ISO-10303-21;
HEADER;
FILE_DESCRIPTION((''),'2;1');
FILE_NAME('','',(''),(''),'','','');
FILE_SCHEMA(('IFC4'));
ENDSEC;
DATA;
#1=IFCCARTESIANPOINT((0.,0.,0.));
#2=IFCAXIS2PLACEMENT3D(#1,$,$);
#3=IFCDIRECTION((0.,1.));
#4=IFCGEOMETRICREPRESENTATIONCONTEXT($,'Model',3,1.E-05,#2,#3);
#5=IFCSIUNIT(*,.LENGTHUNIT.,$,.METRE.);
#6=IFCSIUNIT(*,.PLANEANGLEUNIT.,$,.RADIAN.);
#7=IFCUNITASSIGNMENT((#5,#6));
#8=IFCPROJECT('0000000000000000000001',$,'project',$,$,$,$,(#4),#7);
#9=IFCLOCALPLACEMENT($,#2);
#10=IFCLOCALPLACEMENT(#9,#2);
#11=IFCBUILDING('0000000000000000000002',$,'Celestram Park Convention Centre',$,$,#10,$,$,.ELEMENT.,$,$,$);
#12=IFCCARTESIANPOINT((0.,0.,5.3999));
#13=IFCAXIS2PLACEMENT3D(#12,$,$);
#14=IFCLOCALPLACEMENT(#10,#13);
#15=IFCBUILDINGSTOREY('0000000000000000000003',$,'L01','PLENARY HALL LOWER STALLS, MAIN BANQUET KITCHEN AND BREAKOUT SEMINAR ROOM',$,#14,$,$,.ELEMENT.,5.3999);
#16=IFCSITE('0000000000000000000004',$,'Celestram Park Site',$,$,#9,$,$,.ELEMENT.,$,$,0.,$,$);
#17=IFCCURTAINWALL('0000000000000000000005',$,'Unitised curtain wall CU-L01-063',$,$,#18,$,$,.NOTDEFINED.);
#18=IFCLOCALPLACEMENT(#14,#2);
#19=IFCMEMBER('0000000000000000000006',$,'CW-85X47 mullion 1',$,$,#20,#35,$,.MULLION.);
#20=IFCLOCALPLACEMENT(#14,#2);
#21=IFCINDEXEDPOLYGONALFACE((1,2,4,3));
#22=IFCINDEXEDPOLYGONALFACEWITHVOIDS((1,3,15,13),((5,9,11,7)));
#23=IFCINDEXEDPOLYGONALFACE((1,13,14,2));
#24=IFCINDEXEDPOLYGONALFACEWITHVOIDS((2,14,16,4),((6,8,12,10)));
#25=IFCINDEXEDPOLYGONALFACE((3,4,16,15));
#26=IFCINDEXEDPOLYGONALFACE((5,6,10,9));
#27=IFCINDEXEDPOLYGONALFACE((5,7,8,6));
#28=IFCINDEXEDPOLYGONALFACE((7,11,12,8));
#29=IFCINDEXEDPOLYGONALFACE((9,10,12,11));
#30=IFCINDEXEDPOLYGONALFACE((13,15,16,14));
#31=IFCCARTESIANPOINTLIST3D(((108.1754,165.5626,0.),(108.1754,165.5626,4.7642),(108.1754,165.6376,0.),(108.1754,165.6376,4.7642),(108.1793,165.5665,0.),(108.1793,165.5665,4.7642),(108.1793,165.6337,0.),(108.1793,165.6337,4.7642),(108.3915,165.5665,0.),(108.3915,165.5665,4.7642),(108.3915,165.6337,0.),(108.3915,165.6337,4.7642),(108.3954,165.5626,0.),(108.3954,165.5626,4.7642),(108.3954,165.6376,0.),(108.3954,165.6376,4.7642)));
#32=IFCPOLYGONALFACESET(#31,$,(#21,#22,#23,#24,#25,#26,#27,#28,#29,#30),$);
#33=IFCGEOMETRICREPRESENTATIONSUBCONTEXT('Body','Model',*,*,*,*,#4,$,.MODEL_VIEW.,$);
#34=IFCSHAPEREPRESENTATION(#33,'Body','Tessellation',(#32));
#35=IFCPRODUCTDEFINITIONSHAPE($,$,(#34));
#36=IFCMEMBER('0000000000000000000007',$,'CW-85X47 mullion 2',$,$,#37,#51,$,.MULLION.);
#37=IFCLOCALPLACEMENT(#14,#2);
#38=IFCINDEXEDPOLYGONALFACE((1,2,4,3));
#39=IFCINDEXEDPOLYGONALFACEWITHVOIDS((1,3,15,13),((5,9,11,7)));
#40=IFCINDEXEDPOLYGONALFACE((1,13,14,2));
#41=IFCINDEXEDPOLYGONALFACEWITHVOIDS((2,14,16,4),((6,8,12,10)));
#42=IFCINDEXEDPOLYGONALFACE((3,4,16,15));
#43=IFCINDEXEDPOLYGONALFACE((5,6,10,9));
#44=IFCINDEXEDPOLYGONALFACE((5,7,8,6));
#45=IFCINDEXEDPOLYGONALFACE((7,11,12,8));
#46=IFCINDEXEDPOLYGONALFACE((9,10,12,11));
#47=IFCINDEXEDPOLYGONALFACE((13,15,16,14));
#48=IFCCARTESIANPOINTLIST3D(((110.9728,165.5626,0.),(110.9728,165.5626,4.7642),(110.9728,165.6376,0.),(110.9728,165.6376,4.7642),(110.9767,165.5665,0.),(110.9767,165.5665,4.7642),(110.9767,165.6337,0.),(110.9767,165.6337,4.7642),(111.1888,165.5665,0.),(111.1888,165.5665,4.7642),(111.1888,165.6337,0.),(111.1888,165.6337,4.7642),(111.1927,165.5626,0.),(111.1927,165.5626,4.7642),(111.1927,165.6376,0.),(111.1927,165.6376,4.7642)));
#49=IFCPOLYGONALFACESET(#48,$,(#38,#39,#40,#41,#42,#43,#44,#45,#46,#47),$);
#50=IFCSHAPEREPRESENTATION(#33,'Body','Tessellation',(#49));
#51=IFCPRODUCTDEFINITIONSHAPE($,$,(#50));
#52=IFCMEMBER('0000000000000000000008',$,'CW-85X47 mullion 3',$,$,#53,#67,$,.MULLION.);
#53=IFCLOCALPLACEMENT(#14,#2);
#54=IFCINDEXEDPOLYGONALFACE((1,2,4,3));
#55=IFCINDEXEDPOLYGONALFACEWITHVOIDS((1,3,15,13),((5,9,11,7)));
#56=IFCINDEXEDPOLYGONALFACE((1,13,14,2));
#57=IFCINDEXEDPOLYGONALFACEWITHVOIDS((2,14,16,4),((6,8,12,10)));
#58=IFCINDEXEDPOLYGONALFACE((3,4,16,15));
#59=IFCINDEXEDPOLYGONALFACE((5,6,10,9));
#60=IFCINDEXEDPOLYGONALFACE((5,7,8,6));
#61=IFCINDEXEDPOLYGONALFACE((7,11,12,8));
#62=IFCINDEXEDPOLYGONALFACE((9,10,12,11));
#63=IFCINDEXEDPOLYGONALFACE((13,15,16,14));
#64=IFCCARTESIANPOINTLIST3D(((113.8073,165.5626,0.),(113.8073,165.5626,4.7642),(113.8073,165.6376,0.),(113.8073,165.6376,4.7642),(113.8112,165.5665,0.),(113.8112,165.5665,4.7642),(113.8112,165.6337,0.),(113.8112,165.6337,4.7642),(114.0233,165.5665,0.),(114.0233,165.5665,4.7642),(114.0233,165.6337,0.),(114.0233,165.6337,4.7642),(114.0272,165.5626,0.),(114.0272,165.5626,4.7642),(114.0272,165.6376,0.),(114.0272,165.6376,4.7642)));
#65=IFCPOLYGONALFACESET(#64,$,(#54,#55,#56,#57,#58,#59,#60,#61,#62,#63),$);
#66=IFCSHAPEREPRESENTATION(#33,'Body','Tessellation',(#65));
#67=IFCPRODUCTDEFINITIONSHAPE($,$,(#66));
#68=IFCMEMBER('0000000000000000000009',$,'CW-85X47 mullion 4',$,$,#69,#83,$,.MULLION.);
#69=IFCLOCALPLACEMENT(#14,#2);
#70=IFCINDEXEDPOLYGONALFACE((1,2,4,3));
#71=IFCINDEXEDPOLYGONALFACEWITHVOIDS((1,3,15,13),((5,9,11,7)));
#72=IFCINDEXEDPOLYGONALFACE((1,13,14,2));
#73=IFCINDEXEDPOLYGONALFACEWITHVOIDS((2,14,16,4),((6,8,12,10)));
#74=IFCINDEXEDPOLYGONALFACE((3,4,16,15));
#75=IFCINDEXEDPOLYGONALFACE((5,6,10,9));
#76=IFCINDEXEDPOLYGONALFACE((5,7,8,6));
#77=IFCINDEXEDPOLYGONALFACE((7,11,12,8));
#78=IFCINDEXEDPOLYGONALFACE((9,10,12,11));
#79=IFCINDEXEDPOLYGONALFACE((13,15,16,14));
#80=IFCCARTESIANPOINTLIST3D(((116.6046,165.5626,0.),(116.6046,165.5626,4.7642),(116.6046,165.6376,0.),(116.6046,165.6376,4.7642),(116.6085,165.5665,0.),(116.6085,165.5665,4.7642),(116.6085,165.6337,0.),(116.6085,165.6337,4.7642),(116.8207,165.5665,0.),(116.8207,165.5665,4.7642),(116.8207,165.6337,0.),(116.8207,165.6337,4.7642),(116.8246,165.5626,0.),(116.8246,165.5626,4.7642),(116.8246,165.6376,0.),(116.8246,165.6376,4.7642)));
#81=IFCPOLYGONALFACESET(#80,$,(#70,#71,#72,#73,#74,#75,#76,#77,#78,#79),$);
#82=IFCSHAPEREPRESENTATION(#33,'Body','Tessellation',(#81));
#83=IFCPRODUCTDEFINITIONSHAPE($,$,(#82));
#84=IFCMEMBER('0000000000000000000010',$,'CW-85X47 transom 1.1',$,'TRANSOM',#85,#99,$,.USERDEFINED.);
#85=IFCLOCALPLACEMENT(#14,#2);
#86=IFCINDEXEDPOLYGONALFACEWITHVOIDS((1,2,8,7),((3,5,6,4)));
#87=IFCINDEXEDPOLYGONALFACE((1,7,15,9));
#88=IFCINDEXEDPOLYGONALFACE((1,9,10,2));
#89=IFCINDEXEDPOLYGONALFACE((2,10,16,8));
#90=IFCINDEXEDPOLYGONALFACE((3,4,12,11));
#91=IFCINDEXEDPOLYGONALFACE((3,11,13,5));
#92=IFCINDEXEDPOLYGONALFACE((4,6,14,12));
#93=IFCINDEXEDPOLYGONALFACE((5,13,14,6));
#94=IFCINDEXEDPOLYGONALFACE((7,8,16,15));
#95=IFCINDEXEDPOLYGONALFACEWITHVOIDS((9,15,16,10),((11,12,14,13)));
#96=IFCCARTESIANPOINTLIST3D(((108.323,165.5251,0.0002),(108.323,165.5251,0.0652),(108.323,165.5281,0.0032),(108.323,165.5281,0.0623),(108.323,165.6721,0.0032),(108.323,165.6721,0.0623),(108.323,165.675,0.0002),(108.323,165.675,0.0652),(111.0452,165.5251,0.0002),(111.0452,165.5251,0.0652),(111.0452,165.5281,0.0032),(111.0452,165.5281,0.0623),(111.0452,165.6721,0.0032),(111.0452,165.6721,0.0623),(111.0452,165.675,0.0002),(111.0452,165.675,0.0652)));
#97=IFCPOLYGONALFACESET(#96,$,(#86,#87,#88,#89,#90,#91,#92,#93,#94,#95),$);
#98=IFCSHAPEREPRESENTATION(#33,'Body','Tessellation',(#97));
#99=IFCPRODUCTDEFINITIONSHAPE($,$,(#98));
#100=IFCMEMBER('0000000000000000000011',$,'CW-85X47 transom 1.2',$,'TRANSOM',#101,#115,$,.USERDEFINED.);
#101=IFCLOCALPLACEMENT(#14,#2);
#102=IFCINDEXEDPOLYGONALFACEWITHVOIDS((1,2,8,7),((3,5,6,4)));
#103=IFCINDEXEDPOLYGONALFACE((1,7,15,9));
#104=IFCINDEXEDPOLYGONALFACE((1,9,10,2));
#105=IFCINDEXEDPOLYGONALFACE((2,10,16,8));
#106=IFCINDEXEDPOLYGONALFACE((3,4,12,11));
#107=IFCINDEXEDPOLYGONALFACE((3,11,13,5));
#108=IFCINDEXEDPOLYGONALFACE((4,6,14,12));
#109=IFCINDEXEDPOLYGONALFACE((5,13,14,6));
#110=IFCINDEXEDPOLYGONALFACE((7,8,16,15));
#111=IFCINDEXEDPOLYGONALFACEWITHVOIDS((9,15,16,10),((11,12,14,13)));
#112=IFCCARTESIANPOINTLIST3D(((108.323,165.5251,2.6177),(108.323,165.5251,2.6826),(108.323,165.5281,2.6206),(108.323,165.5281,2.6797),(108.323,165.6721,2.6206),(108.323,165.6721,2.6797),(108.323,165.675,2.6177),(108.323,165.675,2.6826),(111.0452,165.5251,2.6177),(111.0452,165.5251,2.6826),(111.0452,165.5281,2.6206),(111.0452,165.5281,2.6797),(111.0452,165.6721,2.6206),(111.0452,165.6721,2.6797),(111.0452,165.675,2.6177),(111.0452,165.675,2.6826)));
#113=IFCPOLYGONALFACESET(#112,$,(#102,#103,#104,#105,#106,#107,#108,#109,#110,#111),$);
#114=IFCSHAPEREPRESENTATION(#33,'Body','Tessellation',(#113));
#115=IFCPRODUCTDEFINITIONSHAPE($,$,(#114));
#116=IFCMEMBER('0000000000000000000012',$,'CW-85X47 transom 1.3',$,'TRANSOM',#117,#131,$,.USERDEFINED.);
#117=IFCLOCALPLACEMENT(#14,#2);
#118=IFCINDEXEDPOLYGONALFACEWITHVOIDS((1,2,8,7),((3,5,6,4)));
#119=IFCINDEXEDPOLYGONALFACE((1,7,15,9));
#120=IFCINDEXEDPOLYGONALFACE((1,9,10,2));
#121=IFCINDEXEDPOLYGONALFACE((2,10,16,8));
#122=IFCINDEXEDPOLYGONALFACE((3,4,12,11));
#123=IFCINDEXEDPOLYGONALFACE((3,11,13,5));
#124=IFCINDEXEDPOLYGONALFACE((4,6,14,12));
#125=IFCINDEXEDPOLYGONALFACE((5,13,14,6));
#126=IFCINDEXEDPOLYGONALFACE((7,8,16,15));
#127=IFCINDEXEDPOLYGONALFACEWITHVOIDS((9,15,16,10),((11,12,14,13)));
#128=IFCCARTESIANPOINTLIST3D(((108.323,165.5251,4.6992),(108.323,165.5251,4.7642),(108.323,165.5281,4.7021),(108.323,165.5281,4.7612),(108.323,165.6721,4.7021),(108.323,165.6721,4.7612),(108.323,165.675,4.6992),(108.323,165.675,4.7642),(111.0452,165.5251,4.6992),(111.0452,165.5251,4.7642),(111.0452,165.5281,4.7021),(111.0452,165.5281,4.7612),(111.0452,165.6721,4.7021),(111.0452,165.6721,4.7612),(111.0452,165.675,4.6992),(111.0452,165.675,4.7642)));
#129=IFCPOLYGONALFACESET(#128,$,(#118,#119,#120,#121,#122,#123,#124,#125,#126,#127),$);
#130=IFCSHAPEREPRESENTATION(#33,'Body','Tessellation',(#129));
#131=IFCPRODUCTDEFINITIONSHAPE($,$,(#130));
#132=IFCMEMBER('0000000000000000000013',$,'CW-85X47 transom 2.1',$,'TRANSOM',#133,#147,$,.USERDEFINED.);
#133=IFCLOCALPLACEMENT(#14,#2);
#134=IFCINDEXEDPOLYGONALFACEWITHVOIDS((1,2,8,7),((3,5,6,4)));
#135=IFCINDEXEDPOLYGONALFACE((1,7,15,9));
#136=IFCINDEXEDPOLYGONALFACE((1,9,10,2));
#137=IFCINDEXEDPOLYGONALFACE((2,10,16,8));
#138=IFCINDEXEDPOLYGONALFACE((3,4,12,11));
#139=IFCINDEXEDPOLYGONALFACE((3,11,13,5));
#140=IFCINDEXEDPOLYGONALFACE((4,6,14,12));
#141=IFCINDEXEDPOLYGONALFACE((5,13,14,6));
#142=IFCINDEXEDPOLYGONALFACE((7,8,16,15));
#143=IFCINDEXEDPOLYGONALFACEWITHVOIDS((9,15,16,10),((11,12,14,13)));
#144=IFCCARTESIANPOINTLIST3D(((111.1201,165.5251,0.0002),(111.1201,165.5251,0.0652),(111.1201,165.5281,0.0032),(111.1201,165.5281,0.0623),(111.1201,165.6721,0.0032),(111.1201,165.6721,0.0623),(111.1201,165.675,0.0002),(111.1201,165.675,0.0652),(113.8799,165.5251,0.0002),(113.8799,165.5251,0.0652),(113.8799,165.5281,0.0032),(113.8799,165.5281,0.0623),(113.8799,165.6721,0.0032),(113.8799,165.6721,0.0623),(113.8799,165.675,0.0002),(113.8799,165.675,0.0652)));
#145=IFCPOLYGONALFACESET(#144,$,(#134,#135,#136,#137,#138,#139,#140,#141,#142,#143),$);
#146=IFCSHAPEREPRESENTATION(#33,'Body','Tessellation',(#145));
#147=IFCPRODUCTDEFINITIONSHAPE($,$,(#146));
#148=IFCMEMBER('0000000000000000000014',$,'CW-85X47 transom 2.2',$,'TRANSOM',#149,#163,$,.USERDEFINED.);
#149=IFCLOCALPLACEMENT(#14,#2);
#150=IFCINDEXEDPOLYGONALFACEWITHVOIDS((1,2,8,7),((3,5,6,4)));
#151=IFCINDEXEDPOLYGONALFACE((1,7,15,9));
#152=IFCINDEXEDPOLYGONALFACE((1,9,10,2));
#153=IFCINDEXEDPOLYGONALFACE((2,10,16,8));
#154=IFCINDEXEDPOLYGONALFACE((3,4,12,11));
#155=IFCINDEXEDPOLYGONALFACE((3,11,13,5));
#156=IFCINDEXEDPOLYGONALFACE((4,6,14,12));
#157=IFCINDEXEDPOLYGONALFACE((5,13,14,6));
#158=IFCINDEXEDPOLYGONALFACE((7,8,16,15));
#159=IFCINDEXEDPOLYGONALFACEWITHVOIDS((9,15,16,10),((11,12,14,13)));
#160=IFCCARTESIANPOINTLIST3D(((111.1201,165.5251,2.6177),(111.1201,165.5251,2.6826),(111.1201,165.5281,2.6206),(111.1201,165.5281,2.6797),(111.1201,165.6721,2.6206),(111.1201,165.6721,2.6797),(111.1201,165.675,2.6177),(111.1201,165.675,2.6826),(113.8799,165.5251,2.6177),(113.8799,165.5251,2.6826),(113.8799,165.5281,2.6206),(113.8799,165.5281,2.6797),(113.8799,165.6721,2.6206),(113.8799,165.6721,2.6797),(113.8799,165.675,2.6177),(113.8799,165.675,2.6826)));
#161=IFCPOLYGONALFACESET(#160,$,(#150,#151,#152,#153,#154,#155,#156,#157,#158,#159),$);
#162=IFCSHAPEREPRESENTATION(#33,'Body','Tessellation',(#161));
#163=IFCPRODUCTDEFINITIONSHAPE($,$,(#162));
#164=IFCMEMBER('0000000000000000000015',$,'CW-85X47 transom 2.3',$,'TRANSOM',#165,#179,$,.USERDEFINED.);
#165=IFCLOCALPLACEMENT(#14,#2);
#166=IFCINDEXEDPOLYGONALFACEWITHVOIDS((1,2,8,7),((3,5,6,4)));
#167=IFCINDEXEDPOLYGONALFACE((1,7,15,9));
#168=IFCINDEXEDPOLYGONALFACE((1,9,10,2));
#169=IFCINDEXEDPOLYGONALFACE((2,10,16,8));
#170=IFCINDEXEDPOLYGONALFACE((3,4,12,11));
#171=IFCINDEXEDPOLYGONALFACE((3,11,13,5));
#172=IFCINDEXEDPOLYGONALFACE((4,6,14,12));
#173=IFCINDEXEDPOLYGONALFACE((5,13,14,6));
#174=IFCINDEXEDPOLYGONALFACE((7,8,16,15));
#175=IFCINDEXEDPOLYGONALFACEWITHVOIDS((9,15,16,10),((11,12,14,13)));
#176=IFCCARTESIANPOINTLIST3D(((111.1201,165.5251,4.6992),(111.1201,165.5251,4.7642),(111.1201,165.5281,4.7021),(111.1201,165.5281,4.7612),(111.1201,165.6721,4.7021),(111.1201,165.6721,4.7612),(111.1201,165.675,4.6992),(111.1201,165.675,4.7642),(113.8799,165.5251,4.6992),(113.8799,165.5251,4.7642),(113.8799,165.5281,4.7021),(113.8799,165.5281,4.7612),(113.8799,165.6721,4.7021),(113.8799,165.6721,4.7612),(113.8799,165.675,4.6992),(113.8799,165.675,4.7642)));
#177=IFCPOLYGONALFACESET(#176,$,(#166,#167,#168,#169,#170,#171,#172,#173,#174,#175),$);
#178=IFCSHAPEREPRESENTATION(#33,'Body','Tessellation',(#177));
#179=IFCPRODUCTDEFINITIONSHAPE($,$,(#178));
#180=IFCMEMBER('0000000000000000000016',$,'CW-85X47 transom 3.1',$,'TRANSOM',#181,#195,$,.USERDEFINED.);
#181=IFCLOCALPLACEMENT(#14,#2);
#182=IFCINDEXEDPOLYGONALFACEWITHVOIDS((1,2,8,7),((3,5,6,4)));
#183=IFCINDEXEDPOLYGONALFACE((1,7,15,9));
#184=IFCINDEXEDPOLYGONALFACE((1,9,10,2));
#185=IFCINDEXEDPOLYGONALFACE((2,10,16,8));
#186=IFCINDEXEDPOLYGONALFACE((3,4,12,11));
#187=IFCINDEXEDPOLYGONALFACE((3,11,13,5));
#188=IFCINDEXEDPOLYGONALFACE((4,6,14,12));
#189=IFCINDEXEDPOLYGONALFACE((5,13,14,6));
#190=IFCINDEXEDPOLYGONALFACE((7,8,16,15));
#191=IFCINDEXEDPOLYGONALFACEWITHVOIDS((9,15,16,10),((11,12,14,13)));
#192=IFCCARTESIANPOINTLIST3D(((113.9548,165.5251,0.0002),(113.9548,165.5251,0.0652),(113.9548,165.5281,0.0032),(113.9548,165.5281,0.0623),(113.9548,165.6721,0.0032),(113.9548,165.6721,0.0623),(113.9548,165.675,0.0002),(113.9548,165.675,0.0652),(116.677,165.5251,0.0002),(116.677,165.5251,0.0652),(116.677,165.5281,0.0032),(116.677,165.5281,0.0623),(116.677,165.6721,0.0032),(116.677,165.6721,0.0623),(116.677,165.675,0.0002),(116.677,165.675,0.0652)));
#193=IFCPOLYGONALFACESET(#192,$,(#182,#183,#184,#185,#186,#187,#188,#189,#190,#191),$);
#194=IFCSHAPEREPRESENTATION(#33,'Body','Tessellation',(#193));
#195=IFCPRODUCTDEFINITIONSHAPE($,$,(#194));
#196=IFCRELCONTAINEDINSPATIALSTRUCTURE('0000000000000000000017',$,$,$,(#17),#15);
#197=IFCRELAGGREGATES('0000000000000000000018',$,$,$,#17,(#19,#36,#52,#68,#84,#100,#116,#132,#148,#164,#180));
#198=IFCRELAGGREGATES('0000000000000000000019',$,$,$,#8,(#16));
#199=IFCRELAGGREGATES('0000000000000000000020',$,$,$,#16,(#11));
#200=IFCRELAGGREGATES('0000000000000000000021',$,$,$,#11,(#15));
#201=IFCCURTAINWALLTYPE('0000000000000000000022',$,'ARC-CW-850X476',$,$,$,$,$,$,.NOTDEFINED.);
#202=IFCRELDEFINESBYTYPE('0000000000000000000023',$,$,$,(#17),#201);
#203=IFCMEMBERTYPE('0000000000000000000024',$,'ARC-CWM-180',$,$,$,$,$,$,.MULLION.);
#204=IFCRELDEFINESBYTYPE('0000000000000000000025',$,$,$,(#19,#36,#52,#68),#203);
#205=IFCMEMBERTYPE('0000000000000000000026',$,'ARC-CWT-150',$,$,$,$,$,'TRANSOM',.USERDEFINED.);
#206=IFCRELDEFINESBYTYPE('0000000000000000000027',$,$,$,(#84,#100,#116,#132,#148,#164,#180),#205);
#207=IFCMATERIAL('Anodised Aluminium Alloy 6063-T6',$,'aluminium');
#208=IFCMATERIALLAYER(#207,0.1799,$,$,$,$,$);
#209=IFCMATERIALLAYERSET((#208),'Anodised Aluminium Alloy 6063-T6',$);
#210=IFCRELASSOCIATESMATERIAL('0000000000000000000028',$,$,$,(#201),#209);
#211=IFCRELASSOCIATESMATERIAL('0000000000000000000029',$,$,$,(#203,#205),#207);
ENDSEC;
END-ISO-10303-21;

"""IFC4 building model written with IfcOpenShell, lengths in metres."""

from ifc_helpers import new_model, si_unit, direction, frame, origin, origin_2d, place, context, subcontext, project, spatial, hollow_rectangle, extrude, material, layer, layer_set, material_profile, profile_set, type_object, element, aggregate, save


model = new_model("IFC4")

# Units and contexts
model_context = context("Model", 3, precision=1e-05, world=origin(), true_north=direction((0.0, 1.0)))
body_context = subcontext(model_context, "Body", "Model", "MODEL_VIEW")
ifc_project = project(units=[si_unit("LENGTHUNIT", "METRE"), si_unit("PLANEANGLEUNIT", "RADIAN")], contexts=[model_context])

# Site, building, storey
site_placement = place(None, origin())
site = spatial("IfcSite", under=ifc_project, at=site_placement, Name="Celestram Park Site", CompositionType="ELEMENT", RefElevation=0.0)
building_placement = place(site_placement, origin())
building = spatial("IfcBuilding", under=site, at=building_placement, Name="Celestram Park Convention Centre", CompositionType="ELEMENT")
storey_placement = place(building_placement, frame((0.0, 0.0, 5.3999)))
storey = spatial("IfcBuildingStorey", under=building, at=storey_placement, Name="L01", Description="PLENARY HALL LOWER STALLS, MAIN BANQUET KITCHEN AND BREAKOUT SEMINAR ROOM", CompositionType="ELEMENT", Elevation=5.3999)

# Curtain wall, members
ifc_material_1 = material(Name="Anodised Aluminium Alloy 6063-T6", Category="aluminium")
ifc_layer_1 = layer(ifc_material_1, 0.1799)
ifc_layer_set_1 = layer_set([ifc_layer_1], Name="Anodised Aluminium Alloy 6063-T6")
curtain_wall_type = type_object("IfcCurtainWallType", Name="ARC-CW-850X476", PredefinedType="NOTDEFINED", material=ifc_layer_set_1)
curtain_wall_placement = place(storey_placement, origin())
curtain_wall = element("IfcCurtainWall", 1, at=curtain_wall_placement, inside=storey, type_object=curtain_wall_type, Name="Unitised curtain wall CU-L01-063", PredefinedType="NOTDEFINED")
ifc_material_profile_1 = material_profile(ifc_material_1, hollow_rectangle(XDim=0.075, YDim=0.22, WallThickness=0.0039, at=origin_2d()), Name="ALU75X220X4")
ifc_profile_set_1 = profile_set([ifc_material_profile_1], Name="Anodised Aluminium Alloy 6063-T6")
member_type_1 = type_object("IfcMemberType", Name="ARC-CWM-180", PredefinedType="MULLION", material=ifc_profile_set_1)
member_1_placement = place(storey_placement, frame((108.2854, 165.6001, 0.0), z_axis=(0.0, 0.0, 1.0), x_axis=(0.0, 1.0, 0.0)))
member_1 = element("IfcMember", 2, at=member_1_placement, type_object=member_type_1, Name="CW-85X47 mullion 1", PredefinedType="MULLION", context=body_context, shape_type="SweptSolid", body=[
    extrude(hollow_rectangle(XDim=0.075, YDim=0.22, WallThickness=0.0039, at=origin_2d()), origin(), (0.0, 0.0, 1.0), 4.7642),
])
member_2_placement = place(storey_placement, frame((111.0828, 165.6001, 0.0), z_axis=(0.0, 0.0, 1.0), x_axis=(0.0, 1.0, 0.0)))
member_2 = element("IfcMember", 3, at=member_2_placement, type_object=member_type_1, Name="CW-85X47 mullion 2", PredefinedType="MULLION", context=body_context, shape_type="SweptSolid", body=[
    extrude(hollow_rectangle(XDim=0.075, YDim=0.22, WallThickness=0.0039, at=origin_2d()), origin(), (0.0, 0.0, 1.0), 4.7642),
])
member_3_placement = place(storey_placement, frame((113.9172, 165.6001, 0.0), z_axis=(0.0, 0.0, 1.0), x_axis=(0.0, 1.0, 0.0)))
member_3 = element("IfcMember", 4, at=member_3_placement, type_object=member_type_1, Name="CW-85X47 mullion 3", PredefinedType="MULLION", context=body_context, shape_type="SweptSolid", body=[
    extrude(hollow_rectangle(XDim=0.075, YDim=0.22, WallThickness=0.0039, at=origin_2d()), origin(), (0.0, 0.0, 1.0), 4.7642),
])
member_4_placement = place(storey_placement, frame((116.7146, 165.6001, 0.0), z_axis=(0.0, 0.0, 1.0), x_axis=(0.0, 1.0, 0.0)))
member_4 = element("IfcMember", 5, at=member_4_placement, type_object=member_type_1, Name="CW-85X47 mullion 4", PredefinedType="MULLION", context=body_context, shape_type="SweptSolid", body=[
    extrude(hollow_rectangle(XDim=0.075, YDim=0.22, WallThickness=0.0039, at=origin_2d()), origin(), (0.0, 0.0, 1.0), 4.7642),
])
ifc_material_profile_2 = material_profile(ifc_material_1, hollow_rectangle(XDim=0.1499, YDim=0.0649, WallThickness=0.0029, at=origin_2d()), Name="ALU150X65X3")
ifc_profile_set_2 = profile_set([ifc_material_profile_2], Name="Anodised Aluminium Alloy 6063-T6")
member_type_2 = type_object("IfcMemberType", Name="ARC-CWT-150", ElementType="TRANSOM", PredefinedType="USERDEFINED", material=ifc_profile_set_2)
member_5_placement = place(storey_placement, frame((108.323, 165.6001, 0.0327), z_axis=(1.0, 0.0, 0.0), x_axis=(0.0, 1.0, 0.0)))
member_5 = element("IfcMember", 6, at=member_5_placement, type_object=member_type_2, Name="CW-85X47 transom 1.1", ObjectType="TRANSOM", PredefinedType="USERDEFINED", context=body_context, shape_type="SweptSolid", body=[
    extrude(hollow_rectangle(XDim=0.1499, YDim=0.0649, WallThickness=0.0029, at=origin_2d()), origin(), (0.0, 0.0, 1.0), 2.7222),
])
member_6_placement = place(storey_placement, frame((108.323, 165.6001, 2.6501), z_axis=(1.0, 0.0, 0.0), x_axis=(0.0, 1.0, 0.0)))
member_6 = element("IfcMember", 7, at=member_6_placement, type_object=member_type_2, Name="CW-85X47 transom 1.2", ObjectType="TRANSOM", PredefinedType="USERDEFINED", context=body_context, shape_type="SweptSolid", body=[
    extrude(hollow_rectangle(XDim=0.1499, YDim=0.0649, WallThickness=0.0029, at=origin_2d()), origin(), (0.0, 0.0, 1.0), 2.7222),
])
member_7_placement = place(storey_placement, frame((108.323, 165.6001, 4.7317), z_axis=(1.0, 0.0, 0.0), x_axis=(0.0, 1.0, 0.0)))
member_7 = element("IfcMember", 8, at=member_7_placement, type_object=member_type_2, Name="CW-85X47 transom 1.3", ObjectType="TRANSOM", PredefinedType="USERDEFINED", context=body_context, shape_type="SweptSolid", body=[
    extrude(hollow_rectangle(XDim=0.1499, YDim=0.0649, WallThickness=0.0029, at=origin_2d()), origin(), (0.0, 0.0, 1.0), 2.7222),
])
member_8_placement = place(storey_placement, frame((111.1201, 165.6001, 0.0327), z_axis=(1.0, 0.0, 0.0), x_axis=(0.0, 1.0, 0.0)))
member_8 = element("IfcMember", 9, at=member_8_placement, type_object=member_type_2, Name="CW-85X47 transom 2.1", ObjectType="TRANSOM", PredefinedType="USERDEFINED", context=body_context, shape_type="SweptSolid", body=[
    extrude(hollow_rectangle(XDim=0.1499, YDim=0.0649, WallThickness=0.0029, at=origin_2d()), origin(), (0.0, 0.0, 1.0), 2.7598),
])
member_9_placement = place(storey_placement, frame((111.1201, 165.6001, 2.6501), z_axis=(1.0, 0.0, 0.0), x_axis=(0.0, 1.0, 0.0)))
member_9 = element("IfcMember", 10, at=member_9_placement, type_object=member_type_2, Name="CW-85X47 transom 2.2", ObjectType="TRANSOM", PredefinedType="USERDEFINED", context=body_context, shape_type="SweptSolid", body=[
    extrude(hollow_rectangle(XDim=0.1499, YDim=0.0649, WallThickness=0.0029, at=origin_2d()), origin(), (0.0, 0.0, 1.0), 2.7598),
])
member_10_placement = place(storey_placement, frame((111.1201, 165.6001, 4.7317), z_axis=(1.0, 0.0, 0.0), x_axis=(0.0, 1.0, 0.0)))
member_10 = element("IfcMember", 11, at=member_10_placement, type_object=member_type_2, Name="CW-85X47 transom 2.3", ObjectType="TRANSOM", PredefinedType="USERDEFINED", context=body_context, shape_type="SweptSolid", body=[
    extrude(hollow_rectangle(XDim=0.1499, YDim=0.0649, WallThickness=0.0029, at=origin_2d()), origin(), (0.0, 0.0, 1.0), 2.7598),
])
member_11_placement = place(storey_placement, frame((113.9548, 165.6001, 0.0327), z_axis=(1.0, 0.0, 0.0), x_axis=(0.0, 1.0, 0.0)))
member_11 = element("IfcMember", 12, at=member_11_placement, type_object=member_type_2, Name="CW-85X47 transom 3.1", ObjectType="TRANSOM", PredefinedType="USERDEFINED", context=body_context, shape_type="SweptSolid", body=[
    extrude(hollow_rectangle(XDim=0.1499, YDim=0.0649, WallThickness=0.0029, at=origin_2d()), origin(), (0.0, 0.0, 1.0), 2.7222),
])

aggregate(curtain_wall, [member_1, member_2, member_3, member_4, member_5, member_6, member_7, member_8, member_9, member_10, member_11])

save(model, "model.ifc")
